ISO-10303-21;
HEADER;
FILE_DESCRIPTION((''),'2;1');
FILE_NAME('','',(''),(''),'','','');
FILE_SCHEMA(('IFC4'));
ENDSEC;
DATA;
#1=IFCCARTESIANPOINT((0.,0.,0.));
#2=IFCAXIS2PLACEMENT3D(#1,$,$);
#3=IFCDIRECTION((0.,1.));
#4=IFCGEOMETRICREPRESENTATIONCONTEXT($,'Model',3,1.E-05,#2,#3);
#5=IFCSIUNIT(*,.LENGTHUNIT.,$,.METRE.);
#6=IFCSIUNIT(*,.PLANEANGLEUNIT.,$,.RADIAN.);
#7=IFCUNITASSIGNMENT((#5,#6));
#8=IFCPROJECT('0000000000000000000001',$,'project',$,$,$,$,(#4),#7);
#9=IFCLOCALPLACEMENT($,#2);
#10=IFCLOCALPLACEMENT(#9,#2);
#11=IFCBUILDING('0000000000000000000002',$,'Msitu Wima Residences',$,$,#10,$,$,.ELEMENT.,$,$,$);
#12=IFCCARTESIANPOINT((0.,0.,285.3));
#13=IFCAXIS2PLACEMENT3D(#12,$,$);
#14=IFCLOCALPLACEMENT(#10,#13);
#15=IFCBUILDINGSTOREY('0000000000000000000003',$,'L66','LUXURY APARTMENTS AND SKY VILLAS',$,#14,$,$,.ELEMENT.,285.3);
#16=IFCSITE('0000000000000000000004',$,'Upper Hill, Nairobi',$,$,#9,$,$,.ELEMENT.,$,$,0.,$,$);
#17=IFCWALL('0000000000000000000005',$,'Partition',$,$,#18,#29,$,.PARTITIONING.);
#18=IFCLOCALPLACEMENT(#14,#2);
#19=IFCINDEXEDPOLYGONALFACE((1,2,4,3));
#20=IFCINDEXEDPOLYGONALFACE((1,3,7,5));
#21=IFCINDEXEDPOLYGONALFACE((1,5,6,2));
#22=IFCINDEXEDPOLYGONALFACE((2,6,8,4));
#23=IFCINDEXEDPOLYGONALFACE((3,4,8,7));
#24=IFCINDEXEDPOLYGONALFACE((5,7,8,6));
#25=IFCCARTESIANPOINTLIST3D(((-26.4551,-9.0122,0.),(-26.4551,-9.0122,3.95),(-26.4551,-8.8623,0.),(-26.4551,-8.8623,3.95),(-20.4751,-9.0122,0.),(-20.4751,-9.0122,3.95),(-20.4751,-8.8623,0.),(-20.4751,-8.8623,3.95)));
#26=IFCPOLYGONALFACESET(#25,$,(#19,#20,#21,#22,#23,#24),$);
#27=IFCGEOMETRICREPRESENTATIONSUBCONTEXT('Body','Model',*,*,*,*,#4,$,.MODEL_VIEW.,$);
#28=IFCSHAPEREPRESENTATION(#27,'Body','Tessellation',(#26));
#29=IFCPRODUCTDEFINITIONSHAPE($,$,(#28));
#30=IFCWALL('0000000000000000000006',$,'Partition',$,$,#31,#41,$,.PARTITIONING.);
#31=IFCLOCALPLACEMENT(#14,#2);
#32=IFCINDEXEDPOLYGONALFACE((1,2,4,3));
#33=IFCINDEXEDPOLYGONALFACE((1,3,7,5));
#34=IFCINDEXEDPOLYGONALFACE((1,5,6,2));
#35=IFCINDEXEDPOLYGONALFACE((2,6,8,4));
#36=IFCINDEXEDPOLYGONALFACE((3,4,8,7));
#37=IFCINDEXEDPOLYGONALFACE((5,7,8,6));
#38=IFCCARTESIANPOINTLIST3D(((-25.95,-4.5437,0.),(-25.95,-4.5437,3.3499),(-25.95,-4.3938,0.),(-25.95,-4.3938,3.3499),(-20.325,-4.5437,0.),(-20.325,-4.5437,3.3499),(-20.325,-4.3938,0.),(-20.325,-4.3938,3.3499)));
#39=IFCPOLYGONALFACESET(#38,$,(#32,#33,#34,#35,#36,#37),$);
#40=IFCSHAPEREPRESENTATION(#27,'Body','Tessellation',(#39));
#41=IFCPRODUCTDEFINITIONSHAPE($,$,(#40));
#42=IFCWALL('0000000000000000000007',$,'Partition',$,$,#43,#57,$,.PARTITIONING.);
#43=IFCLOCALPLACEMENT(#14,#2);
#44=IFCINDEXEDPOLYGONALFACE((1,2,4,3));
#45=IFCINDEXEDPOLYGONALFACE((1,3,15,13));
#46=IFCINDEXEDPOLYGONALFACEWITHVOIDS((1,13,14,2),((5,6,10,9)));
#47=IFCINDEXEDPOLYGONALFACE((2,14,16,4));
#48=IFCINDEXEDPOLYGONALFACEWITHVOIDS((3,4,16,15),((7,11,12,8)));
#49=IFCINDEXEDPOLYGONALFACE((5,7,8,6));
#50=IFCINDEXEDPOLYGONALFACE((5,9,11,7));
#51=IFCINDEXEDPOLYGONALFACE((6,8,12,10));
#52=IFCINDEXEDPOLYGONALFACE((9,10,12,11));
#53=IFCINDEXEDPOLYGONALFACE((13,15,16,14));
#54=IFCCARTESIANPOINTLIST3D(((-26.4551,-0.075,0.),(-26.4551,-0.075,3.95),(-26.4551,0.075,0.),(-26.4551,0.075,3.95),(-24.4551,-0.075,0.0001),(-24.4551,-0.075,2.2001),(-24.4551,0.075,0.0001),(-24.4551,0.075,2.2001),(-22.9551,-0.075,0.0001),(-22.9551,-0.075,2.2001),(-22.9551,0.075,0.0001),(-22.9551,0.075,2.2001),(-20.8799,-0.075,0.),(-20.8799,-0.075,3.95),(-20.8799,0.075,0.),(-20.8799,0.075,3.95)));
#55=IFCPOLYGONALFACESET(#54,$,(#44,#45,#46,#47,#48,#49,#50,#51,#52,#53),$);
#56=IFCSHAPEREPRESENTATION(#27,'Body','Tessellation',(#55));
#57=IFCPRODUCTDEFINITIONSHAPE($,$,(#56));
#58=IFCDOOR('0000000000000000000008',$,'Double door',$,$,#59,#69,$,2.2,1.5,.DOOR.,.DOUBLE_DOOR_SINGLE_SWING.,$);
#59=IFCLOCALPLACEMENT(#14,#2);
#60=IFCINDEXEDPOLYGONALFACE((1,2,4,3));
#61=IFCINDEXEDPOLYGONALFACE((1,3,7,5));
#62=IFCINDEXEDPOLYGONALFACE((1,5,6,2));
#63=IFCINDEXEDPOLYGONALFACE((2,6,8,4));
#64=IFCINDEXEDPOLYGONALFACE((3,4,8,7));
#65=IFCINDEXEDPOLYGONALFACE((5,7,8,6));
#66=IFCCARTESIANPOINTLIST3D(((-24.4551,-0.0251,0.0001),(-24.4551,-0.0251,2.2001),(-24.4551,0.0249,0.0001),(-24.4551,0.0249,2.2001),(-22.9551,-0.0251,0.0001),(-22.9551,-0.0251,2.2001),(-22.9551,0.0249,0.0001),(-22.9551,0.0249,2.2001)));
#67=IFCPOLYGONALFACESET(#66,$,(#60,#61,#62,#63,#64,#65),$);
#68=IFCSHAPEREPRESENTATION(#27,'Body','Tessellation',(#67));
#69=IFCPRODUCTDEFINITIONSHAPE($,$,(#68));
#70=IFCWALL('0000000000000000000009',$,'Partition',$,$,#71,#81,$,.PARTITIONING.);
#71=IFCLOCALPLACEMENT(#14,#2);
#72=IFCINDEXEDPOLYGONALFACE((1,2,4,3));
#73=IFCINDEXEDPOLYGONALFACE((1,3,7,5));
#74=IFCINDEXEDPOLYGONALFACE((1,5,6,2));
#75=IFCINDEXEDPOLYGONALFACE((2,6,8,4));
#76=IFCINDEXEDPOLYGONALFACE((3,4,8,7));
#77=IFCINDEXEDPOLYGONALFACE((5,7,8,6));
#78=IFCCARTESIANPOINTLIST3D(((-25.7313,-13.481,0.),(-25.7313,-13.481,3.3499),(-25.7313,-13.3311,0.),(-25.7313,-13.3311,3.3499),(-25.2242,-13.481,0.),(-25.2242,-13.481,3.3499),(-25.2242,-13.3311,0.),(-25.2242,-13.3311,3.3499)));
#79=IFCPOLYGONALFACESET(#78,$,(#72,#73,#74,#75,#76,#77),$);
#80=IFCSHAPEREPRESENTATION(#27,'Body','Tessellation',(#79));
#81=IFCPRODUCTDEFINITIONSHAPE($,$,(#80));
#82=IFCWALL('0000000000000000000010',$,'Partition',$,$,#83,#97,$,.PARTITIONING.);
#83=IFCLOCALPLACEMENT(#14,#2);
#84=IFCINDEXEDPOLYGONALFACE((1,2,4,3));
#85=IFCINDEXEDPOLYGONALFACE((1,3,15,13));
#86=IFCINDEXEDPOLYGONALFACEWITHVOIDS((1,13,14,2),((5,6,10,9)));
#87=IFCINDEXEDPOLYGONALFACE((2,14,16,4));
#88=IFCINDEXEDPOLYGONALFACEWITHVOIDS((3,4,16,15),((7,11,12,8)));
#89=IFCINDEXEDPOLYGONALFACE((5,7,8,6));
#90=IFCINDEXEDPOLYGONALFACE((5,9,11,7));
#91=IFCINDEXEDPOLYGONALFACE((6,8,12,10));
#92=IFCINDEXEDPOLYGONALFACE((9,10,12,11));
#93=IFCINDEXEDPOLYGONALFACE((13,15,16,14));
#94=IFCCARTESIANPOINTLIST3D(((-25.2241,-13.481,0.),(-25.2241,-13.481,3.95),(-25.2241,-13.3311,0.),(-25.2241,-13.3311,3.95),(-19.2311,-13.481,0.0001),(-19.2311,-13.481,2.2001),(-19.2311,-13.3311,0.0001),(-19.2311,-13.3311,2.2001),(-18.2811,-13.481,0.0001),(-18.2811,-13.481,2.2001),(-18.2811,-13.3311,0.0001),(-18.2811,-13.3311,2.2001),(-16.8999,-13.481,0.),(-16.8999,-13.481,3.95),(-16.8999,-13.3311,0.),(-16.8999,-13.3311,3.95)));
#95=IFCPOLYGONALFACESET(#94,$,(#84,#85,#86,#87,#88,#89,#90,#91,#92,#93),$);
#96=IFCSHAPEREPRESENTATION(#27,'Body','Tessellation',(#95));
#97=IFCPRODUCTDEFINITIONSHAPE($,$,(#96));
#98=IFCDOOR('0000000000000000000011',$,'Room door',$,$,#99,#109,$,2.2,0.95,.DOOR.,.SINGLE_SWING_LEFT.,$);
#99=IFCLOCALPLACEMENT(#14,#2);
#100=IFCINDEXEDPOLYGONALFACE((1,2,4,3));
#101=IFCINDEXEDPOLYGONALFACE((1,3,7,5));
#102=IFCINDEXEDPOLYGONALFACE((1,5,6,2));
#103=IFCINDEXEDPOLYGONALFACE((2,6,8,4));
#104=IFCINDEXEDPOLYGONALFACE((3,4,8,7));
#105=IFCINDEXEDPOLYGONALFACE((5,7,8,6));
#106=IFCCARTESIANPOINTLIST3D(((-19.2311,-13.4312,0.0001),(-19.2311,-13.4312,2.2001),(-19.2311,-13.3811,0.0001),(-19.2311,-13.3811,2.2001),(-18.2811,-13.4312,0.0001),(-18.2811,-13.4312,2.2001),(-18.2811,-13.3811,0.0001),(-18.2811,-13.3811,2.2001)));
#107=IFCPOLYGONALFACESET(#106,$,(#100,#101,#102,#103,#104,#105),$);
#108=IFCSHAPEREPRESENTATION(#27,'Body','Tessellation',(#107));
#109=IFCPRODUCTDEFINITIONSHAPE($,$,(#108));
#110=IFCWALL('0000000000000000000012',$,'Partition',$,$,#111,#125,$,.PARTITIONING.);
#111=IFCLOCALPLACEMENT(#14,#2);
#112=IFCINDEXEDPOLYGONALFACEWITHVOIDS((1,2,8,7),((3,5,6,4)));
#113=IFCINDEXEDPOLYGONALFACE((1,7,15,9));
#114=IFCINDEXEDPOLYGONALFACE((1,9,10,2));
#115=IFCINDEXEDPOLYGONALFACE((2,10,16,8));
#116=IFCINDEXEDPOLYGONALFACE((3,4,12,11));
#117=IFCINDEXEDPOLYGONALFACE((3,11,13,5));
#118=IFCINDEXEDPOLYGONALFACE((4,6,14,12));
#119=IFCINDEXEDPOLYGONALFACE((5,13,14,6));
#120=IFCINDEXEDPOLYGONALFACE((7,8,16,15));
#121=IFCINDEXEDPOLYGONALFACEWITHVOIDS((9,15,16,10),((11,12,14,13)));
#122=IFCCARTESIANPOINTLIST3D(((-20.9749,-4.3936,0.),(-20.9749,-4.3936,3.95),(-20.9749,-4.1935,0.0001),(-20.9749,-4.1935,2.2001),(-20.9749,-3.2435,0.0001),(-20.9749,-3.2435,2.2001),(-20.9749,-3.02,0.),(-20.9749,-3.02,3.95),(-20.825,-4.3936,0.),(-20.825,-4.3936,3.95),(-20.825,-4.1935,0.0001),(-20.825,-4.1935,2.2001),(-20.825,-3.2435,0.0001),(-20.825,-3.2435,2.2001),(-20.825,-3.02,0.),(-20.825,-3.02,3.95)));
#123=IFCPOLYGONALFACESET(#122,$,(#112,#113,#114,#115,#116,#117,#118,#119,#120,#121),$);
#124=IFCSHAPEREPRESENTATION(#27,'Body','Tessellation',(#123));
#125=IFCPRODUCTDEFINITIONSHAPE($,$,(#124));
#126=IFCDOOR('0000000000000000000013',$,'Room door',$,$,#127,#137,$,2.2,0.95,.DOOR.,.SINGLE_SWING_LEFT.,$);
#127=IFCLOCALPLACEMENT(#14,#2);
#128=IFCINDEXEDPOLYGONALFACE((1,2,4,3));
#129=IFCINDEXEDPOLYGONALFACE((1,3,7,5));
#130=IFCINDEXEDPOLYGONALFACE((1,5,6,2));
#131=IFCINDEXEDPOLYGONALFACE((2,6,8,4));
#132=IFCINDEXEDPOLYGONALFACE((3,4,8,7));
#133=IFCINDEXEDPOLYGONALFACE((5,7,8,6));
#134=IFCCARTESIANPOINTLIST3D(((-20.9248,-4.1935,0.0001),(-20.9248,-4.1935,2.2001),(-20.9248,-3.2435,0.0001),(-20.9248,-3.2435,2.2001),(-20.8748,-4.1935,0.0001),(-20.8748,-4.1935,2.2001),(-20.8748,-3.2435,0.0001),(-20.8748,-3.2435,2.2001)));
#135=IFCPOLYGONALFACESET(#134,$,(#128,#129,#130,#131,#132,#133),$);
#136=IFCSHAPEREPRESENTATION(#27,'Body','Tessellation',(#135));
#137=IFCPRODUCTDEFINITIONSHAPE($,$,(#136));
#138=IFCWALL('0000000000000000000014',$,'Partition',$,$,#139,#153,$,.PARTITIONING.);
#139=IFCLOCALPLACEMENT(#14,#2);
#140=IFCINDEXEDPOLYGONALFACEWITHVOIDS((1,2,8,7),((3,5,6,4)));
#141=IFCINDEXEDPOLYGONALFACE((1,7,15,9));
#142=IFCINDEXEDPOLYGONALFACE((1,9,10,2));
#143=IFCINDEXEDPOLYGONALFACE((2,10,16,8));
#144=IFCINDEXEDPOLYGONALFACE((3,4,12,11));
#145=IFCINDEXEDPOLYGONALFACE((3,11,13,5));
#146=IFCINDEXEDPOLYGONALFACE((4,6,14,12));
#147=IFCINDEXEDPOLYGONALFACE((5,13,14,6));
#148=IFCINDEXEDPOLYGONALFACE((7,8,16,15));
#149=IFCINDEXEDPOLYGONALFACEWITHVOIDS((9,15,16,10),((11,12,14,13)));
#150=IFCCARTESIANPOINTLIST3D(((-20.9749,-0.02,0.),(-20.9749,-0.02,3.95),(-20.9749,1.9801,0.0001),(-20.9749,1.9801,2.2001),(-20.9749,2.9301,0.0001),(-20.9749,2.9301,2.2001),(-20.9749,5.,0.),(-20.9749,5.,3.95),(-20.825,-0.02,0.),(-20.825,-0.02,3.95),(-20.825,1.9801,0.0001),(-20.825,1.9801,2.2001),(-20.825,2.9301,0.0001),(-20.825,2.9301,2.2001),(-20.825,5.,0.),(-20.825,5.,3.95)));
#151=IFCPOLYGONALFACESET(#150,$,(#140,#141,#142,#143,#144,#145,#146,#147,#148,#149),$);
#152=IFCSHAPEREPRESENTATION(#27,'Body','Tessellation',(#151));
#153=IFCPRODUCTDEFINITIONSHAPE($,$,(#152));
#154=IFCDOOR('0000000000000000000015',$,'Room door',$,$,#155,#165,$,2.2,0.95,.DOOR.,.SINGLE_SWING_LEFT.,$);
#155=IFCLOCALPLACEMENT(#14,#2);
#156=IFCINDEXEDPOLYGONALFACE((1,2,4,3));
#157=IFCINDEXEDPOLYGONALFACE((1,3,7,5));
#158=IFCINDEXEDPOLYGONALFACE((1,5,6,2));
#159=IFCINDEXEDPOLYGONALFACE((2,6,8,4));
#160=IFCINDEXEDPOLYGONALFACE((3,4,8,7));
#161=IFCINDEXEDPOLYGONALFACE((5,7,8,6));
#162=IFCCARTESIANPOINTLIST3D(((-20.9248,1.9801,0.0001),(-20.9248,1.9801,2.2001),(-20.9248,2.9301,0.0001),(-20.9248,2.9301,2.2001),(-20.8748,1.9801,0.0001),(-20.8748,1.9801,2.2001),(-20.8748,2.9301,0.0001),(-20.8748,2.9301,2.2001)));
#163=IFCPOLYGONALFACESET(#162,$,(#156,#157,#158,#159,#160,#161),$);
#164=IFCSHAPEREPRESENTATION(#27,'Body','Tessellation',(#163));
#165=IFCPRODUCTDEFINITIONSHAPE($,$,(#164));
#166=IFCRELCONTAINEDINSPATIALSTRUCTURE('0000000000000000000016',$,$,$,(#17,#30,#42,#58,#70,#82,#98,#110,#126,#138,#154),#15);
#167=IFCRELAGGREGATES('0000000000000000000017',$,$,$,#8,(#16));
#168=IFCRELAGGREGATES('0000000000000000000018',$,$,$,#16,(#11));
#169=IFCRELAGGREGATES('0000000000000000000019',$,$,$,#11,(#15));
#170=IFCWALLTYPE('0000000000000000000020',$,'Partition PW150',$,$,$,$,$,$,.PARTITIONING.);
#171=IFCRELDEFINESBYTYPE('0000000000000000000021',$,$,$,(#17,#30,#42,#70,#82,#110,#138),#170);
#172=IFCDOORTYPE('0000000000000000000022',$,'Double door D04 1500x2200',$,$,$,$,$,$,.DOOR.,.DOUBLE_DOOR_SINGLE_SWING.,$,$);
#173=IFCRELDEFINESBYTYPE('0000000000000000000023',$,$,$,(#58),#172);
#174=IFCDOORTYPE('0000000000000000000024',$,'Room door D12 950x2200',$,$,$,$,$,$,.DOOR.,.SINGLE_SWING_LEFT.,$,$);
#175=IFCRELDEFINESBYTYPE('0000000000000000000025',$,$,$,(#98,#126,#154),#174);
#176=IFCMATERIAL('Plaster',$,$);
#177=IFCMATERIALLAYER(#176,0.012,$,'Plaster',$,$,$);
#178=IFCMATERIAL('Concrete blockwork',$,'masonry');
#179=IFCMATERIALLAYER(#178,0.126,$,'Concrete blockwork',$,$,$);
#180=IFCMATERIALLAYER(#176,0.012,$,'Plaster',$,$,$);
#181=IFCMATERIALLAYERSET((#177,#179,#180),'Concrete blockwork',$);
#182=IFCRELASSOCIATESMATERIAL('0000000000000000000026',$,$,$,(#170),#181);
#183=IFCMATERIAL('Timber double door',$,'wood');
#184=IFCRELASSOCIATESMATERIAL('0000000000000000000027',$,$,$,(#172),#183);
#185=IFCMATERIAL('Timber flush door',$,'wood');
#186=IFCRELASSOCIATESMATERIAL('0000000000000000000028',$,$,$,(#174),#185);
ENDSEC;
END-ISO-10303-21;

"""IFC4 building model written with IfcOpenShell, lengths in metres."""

from ifc_helpers import new_model, si_unit, direction, frame, frame_2d, origin, place, context, subcontext, project, spatial, rectangle, extrude, material, layer, layer_set, type_object, element, fill, save


model = new_model("IFC4")

# Units and contexts
model_context = context("Model", 3, precision=1e-05, world=origin(), true_north=direction((0.0, 1.0)))
body_context = subcontext(model_context, "Body", "Model", "MODEL_VIEW")
ifc_project = project(units=[si_unit("LENGTHUNIT", "METRE"), si_unit("PLANEANGLEUNIT", "RADIAN")], contexts=[model_context])

# Site, building, storey
site_placement = place(None, origin())
site = spatial("IfcSite", under=ifc_project, at=site_placement, Name="Upper Hill, Nairobi", CompositionType="ELEMENT", RefElevation=0.0)
building_placement = place(site_placement, origin())
building = spatial("IfcBuilding", under=site, at=building_placement, Name="Msitu Wima Residences", CompositionType="ELEMENT")
storey_placement = place(building_placement, frame((0.0, 0.0, 285.3)))
storey = spatial("IfcBuildingStorey", under=building, at=storey_placement, Name="L66", Description="LUXURY APARTMENTS AND SKY VILLAS", CompositionType="ELEMENT", Elevation=285.3)

# Walls
ifc_material_1 = material(Name="Plaster")
ifc_layer_1 = layer(ifc_material_1, 0.012, Name="Plaster")
ifc_material_2 = material(Name="Concrete blockwork", Category="masonry")
ifc_layer_2 = layer(ifc_material_2, 0.126, Name="Concrete blockwork")
ifc_layer_3 = layer(ifc_material_1, 0.012, Name="Plaster")
ifc_layer_set_1 = layer_set([ifc_layer_1, ifc_layer_2, ifc_layer_3], Name="Concrete blockwork")
wall_type_1 = type_object("IfcWallType", Name="Partition PW150", PredefinedType="PARTITIONING", material=ifc_layer_set_1)
wall_1_placement = place(storey_placement, frame((-26.4551, -8.9373, 0.0), z_axis=(0.0, 0.0, 1.0), x_axis=(1.0, 0.0, 0.0)))
element("IfcWall", 1, at=wall_1_placement, inside=storey, type_object=wall_type_1, Name="Partition", PredefinedType="PARTITIONING", context=body_context, shape_type="SweptSolid", body=[
    extrude(rectangle(XDim=5.98, YDim=0.1499, at=frame_2d((2.99, 0.0))), origin(), (0.0, 0.0, 1.0), 3.95),
])
wall_2_placement = place(storey_placement, frame((-25.95, -4.4688, 0.0), z_axis=(0.0, 0.0, 1.0), x_axis=(1.0, 0.0, 0.0)))
element("IfcWall", 2, at=wall_2_placement, inside=storey, type_object=wall_type_1, Name="Partition", PredefinedType="PARTITIONING", context=body_context, shape_type="SweptSolid", body=[
    extrude(rectangle(XDim=5.625, YDim=0.1499, at=frame_2d((2.8125, 0.0))), origin(), (0.0, 0.0, 1.0), 3.3499),
])

# Wall, opening, door
wall_3_placement = place(storey_placement, frame((-26.4551, 0.0, 0.0), z_axis=(0.0, 0.0, 1.0), x_axis=(1.0, 0.0, 0.0)))
wall_3 = element("IfcWall", 3, at=wall_3_placement, inside=storey, type_object=wall_type_1, Name="Partition", PredefinedType="PARTITIONING", context=body_context, shape_type="SweptSolid", body=[
    extrude(rectangle(XDim=5.5752, YDim=0.1499, at=frame_2d((2.7876, 0.0))), origin(), (0.0, 0.0, 1.0), 3.95),
])
opening_1_placement = place(wall_3_placement, frame((2.0, 0.0, 0.0)))
opening_1 = element("IfcOpeningElement", 4, at=opening_1_placement, cuts=wall_3, PredefinedType="OPENING", context=body_context, shape_type="SweptSolid", body=[
    extrude(rectangle(XDim=1.5, YDim=2.2, at=frame_2d((0.75, 1.1001))), frame((0.0, 0.085, 0.0), z_axis=(0.0, -1.0, 0.0), x_axis=(1.0, 0.0, 0.0)), (0.0, 0.0, 1.0), 0.1699),
])
ifc_material_3 = material(Name="Timber double door", Category="wood")
door_type_1 = type_object("IfcDoorType", Name="Double door D04 1500x2200", OperationType="DOUBLE_DOOR_SINGLE_SWING", PredefinedType="DOOR", material=ifc_material_3)
door_1_placement = place(opening_1_placement, origin())
door_1 = element("IfcDoor", 5, at=door_1_placement, inside=storey, type_object=door_type_1, Name="Double door", OperationType="DOUBLE_DOOR_SINGLE_SWING", OverallHeight=2.2, OverallWidth=1.5, PredefinedType="DOOR", context=body_context, shape_type="SweptSolid", body=[
    extrude(rectangle(XDim=1.5, YDim=2.2, at=frame_2d((0.75, 1.1001))), frame((0.0, 0.0249, 0.0), z_axis=(0.0, -1.0, 0.0), x_axis=(1.0, 0.0, 0.0)), (0.0, 0.0, 1.0), 0.05),
])
fill(opening_1, door_1)

# Wall
wall_4_placement = place(storey_placement, frame((-25.7312, -13.406, 0.0), z_axis=(0.0, 0.0, 1.0), x_axis=(1.0, 0.0, 0.0)))
element("IfcWall", 6, at=wall_4_placement, inside=storey, type_object=wall_type_1, Name="Partition", PredefinedType="PARTITIONING", context=body_context, shape_type="SweptSolid", body=[
    extrude(rectangle(XDim=0.5071, YDim=0.1499, at=frame_2d((0.2534, 0.0))), origin(), (0.0, 0.0, 1.0), 3.3499),
])

# Walls, openings, doors
wall_5_placement = place(storey_placement, frame((-25.2241, -13.406, 0.0), z_axis=(0.0, 0.0, 1.0), x_axis=(1.0, 0.0, 0.0)))
wall_5 = element("IfcWall", 7, at=wall_5_placement, inside=storey, type_object=wall_type_1, Name="Partition", PredefinedType="PARTITIONING", context=body_context, shape_type="SweptSolid", body=[
    extrude(rectangle(XDim=8.3242, YDim=0.1499, at=frame_2d((4.1621, 0.0))), origin(), (0.0, 0.0, 1.0), 3.95),
])
opening_2_placement = place(wall_5_placement, frame((5.9929, 0.0, 0.0)))
opening_2 = element("IfcOpeningElement", 8, at=opening_2_placement, cuts=wall_5, PredefinedType="OPENING", context=body_context, shape_type="SweptSolid", body=[
    extrude(rectangle(XDim=0.95, YDim=2.2, at=frame_2d((0.4751, 1.1001))), frame((0.0, 0.085, 0.0), z_axis=(0.0, -1.0, 0.0), x_axis=(1.0, 0.0, 0.0)), (0.0, 0.0, 1.0), 0.1699),
])
ifc_material_4 = material(Name="Timber flush door", Category="wood")
door_type_2 = type_object("IfcDoorType", Name="Room door D12 950x2200", OperationType="SINGLE_SWING_LEFT", PredefinedType="DOOR", material=ifc_material_4)
door_2_placement = place(opening_2_placement, origin())
door_2 = element("IfcDoor", 9, at=door_2_placement, inside=storey, type_object=door_type_2, Name="Room door", OperationType="SINGLE_SWING_LEFT", OverallHeight=2.2, OverallWidth=0.95, PredefinedType="DOOR", context=body_context, shape_type="SweptSolid", body=[
    extrude(rectangle(XDim=0.95, YDim=2.2, at=frame_2d((0.4751, 1.1001))), frame((0.0, 0.0249, 0.0), z_axis=(0.0, -1.0, 0.0), x_axis=(1.0, 0.0, 0.0)), (0.0, 0.0, 1.0), 0.05),
])
fill(opening_2, door_2)
wall_6_placement = place(storey_placement, frame((-20.8999, -4.3936, 0.0), z_axis=(0.0, 0.0, 1.0), x_axis=(0.0, 1.0, 0.0)))
wall_6 = element("IfcWall", 10, at=wall_6_placement, inside=storey, type_object=wall_type_1, Name="Partition", PredefinedType="PARTITIONING", context=body_context, shape_type="SweptSolid", body=[
    extrude(rectangle(XDim=1.3735, YDim=0.1499, at=frame_2d((0.6868, 0.0))), origin(), (0.0, 0.0, 1.0), 3.95),
])
opening_3_placement = place(wall_6_placement, frame((0.2, 0.0, 0.0)))
opening_3 = element("IfcOpeningElement", 11, at=opening_3_placement, cuts=wall_6, PredefinedType="OPENING", context=body_context, shape_type="SweptSolid", body=[
    extrude(rectangle(XDim=0.95, YDim=2.2, at=frame_2d((0.4751, 1.1001))), frame((0.0, 0.085, 0.0), z_axis=(0.0, -1.0, 0.0), x_axis=(1.0, 0.0, 0.0)), (0.0, 0.0, 1.0), 0.1699),
])
door_3_placement = place(opening_3_placement, origin())
door_3 = element("IfcDoor", 12, at=door_3_placement, inside=storey, type_object=door_type_2, Name="Room door", OperationType="SINGLE_SWING_LEFT", OverallHeight=2.2, OverallWidth=0.95, PredefinedType="DOOR", context=body_context, shape_type="SweptSolid", body=[
    extrude(rectangle(XDim=0.95, YDim=2.2, at=frame_2d((0.4751, 1.1001))), frame((0.0, 0.0249, 0.0), z_axis=(0.0, -1.0, 0.0), x_axis=(1.0, 0.0, 0.0)), (0.0, 0.0, 1.0), 0.05),
])
fill(opening_3, door_3)
wall_7_placement = place(storey_placement, frame((-20.8999, -0.02, 0.0), z_axis=(0.0, 0.0, 1.0), x_axis=(0.0, 1.0, 0.0)))
wall_7 = element("IfcWall", 13, at=wall_7_placement, inside=storey, type_object=wall_type_1, Name="Partition", PredefinedType="PARTITIONING", context=body_context, shape_type="SweptSolid", body=[
    extrude(rectangle(XDim=5.02, YDim=0.1499, at=frame_2d((2.51, 0.0))), origin(), (0.0, 0.0, 1.0), 3.95),
])
opening_4_placement = place(wall_7_placement, frame((2.0, 0.0, 0.0)))
opening_4 = element("IfcOpeningElement", 14, at=opening_4_placement, cuts=wall_7, PredefinedType="OPENING", context=body_context, shape_type="SweptSolid", body=[
    extrude(rectangle(XDim=0.95, YDim=2.2, at=frame_2d((0.4751, 1.1001))), frame((0.0, 0.085, 0.0), z_axis=(0.0, -1.0, 0.0), x_axis=(1.0, 0.0, 0.0)), (0.0, 0.0, 1.0), 0.1699),
])
door_4_placement = place(opening_4_placement, origin())
door_4 = element("IfcDoor", 15, at=door_4_placement, inside=storey, type_object=door_type_2, Name="Room door", OperationType="SINGLE_SWING_LEFT", OverallHeight=2.2, OverallWidth=0.95, PredefinedType="DOOR", context=body_context, shape_type="SweptSolid", body=[
    extrude(rectangle(XDim=0.95, YDim=2.2, at=frame_2d((0.4751, 1.1001))), frame((0.0, 0.0249, 0.0), z_axis=(0.0, -1.0, 0.0), x_axis=(1.0, 0.0, 0.0)), (0.0, 0.0, 1.0), 0.05),
])
fill(opening_4, door_4)

save(model, "model.ifc")
